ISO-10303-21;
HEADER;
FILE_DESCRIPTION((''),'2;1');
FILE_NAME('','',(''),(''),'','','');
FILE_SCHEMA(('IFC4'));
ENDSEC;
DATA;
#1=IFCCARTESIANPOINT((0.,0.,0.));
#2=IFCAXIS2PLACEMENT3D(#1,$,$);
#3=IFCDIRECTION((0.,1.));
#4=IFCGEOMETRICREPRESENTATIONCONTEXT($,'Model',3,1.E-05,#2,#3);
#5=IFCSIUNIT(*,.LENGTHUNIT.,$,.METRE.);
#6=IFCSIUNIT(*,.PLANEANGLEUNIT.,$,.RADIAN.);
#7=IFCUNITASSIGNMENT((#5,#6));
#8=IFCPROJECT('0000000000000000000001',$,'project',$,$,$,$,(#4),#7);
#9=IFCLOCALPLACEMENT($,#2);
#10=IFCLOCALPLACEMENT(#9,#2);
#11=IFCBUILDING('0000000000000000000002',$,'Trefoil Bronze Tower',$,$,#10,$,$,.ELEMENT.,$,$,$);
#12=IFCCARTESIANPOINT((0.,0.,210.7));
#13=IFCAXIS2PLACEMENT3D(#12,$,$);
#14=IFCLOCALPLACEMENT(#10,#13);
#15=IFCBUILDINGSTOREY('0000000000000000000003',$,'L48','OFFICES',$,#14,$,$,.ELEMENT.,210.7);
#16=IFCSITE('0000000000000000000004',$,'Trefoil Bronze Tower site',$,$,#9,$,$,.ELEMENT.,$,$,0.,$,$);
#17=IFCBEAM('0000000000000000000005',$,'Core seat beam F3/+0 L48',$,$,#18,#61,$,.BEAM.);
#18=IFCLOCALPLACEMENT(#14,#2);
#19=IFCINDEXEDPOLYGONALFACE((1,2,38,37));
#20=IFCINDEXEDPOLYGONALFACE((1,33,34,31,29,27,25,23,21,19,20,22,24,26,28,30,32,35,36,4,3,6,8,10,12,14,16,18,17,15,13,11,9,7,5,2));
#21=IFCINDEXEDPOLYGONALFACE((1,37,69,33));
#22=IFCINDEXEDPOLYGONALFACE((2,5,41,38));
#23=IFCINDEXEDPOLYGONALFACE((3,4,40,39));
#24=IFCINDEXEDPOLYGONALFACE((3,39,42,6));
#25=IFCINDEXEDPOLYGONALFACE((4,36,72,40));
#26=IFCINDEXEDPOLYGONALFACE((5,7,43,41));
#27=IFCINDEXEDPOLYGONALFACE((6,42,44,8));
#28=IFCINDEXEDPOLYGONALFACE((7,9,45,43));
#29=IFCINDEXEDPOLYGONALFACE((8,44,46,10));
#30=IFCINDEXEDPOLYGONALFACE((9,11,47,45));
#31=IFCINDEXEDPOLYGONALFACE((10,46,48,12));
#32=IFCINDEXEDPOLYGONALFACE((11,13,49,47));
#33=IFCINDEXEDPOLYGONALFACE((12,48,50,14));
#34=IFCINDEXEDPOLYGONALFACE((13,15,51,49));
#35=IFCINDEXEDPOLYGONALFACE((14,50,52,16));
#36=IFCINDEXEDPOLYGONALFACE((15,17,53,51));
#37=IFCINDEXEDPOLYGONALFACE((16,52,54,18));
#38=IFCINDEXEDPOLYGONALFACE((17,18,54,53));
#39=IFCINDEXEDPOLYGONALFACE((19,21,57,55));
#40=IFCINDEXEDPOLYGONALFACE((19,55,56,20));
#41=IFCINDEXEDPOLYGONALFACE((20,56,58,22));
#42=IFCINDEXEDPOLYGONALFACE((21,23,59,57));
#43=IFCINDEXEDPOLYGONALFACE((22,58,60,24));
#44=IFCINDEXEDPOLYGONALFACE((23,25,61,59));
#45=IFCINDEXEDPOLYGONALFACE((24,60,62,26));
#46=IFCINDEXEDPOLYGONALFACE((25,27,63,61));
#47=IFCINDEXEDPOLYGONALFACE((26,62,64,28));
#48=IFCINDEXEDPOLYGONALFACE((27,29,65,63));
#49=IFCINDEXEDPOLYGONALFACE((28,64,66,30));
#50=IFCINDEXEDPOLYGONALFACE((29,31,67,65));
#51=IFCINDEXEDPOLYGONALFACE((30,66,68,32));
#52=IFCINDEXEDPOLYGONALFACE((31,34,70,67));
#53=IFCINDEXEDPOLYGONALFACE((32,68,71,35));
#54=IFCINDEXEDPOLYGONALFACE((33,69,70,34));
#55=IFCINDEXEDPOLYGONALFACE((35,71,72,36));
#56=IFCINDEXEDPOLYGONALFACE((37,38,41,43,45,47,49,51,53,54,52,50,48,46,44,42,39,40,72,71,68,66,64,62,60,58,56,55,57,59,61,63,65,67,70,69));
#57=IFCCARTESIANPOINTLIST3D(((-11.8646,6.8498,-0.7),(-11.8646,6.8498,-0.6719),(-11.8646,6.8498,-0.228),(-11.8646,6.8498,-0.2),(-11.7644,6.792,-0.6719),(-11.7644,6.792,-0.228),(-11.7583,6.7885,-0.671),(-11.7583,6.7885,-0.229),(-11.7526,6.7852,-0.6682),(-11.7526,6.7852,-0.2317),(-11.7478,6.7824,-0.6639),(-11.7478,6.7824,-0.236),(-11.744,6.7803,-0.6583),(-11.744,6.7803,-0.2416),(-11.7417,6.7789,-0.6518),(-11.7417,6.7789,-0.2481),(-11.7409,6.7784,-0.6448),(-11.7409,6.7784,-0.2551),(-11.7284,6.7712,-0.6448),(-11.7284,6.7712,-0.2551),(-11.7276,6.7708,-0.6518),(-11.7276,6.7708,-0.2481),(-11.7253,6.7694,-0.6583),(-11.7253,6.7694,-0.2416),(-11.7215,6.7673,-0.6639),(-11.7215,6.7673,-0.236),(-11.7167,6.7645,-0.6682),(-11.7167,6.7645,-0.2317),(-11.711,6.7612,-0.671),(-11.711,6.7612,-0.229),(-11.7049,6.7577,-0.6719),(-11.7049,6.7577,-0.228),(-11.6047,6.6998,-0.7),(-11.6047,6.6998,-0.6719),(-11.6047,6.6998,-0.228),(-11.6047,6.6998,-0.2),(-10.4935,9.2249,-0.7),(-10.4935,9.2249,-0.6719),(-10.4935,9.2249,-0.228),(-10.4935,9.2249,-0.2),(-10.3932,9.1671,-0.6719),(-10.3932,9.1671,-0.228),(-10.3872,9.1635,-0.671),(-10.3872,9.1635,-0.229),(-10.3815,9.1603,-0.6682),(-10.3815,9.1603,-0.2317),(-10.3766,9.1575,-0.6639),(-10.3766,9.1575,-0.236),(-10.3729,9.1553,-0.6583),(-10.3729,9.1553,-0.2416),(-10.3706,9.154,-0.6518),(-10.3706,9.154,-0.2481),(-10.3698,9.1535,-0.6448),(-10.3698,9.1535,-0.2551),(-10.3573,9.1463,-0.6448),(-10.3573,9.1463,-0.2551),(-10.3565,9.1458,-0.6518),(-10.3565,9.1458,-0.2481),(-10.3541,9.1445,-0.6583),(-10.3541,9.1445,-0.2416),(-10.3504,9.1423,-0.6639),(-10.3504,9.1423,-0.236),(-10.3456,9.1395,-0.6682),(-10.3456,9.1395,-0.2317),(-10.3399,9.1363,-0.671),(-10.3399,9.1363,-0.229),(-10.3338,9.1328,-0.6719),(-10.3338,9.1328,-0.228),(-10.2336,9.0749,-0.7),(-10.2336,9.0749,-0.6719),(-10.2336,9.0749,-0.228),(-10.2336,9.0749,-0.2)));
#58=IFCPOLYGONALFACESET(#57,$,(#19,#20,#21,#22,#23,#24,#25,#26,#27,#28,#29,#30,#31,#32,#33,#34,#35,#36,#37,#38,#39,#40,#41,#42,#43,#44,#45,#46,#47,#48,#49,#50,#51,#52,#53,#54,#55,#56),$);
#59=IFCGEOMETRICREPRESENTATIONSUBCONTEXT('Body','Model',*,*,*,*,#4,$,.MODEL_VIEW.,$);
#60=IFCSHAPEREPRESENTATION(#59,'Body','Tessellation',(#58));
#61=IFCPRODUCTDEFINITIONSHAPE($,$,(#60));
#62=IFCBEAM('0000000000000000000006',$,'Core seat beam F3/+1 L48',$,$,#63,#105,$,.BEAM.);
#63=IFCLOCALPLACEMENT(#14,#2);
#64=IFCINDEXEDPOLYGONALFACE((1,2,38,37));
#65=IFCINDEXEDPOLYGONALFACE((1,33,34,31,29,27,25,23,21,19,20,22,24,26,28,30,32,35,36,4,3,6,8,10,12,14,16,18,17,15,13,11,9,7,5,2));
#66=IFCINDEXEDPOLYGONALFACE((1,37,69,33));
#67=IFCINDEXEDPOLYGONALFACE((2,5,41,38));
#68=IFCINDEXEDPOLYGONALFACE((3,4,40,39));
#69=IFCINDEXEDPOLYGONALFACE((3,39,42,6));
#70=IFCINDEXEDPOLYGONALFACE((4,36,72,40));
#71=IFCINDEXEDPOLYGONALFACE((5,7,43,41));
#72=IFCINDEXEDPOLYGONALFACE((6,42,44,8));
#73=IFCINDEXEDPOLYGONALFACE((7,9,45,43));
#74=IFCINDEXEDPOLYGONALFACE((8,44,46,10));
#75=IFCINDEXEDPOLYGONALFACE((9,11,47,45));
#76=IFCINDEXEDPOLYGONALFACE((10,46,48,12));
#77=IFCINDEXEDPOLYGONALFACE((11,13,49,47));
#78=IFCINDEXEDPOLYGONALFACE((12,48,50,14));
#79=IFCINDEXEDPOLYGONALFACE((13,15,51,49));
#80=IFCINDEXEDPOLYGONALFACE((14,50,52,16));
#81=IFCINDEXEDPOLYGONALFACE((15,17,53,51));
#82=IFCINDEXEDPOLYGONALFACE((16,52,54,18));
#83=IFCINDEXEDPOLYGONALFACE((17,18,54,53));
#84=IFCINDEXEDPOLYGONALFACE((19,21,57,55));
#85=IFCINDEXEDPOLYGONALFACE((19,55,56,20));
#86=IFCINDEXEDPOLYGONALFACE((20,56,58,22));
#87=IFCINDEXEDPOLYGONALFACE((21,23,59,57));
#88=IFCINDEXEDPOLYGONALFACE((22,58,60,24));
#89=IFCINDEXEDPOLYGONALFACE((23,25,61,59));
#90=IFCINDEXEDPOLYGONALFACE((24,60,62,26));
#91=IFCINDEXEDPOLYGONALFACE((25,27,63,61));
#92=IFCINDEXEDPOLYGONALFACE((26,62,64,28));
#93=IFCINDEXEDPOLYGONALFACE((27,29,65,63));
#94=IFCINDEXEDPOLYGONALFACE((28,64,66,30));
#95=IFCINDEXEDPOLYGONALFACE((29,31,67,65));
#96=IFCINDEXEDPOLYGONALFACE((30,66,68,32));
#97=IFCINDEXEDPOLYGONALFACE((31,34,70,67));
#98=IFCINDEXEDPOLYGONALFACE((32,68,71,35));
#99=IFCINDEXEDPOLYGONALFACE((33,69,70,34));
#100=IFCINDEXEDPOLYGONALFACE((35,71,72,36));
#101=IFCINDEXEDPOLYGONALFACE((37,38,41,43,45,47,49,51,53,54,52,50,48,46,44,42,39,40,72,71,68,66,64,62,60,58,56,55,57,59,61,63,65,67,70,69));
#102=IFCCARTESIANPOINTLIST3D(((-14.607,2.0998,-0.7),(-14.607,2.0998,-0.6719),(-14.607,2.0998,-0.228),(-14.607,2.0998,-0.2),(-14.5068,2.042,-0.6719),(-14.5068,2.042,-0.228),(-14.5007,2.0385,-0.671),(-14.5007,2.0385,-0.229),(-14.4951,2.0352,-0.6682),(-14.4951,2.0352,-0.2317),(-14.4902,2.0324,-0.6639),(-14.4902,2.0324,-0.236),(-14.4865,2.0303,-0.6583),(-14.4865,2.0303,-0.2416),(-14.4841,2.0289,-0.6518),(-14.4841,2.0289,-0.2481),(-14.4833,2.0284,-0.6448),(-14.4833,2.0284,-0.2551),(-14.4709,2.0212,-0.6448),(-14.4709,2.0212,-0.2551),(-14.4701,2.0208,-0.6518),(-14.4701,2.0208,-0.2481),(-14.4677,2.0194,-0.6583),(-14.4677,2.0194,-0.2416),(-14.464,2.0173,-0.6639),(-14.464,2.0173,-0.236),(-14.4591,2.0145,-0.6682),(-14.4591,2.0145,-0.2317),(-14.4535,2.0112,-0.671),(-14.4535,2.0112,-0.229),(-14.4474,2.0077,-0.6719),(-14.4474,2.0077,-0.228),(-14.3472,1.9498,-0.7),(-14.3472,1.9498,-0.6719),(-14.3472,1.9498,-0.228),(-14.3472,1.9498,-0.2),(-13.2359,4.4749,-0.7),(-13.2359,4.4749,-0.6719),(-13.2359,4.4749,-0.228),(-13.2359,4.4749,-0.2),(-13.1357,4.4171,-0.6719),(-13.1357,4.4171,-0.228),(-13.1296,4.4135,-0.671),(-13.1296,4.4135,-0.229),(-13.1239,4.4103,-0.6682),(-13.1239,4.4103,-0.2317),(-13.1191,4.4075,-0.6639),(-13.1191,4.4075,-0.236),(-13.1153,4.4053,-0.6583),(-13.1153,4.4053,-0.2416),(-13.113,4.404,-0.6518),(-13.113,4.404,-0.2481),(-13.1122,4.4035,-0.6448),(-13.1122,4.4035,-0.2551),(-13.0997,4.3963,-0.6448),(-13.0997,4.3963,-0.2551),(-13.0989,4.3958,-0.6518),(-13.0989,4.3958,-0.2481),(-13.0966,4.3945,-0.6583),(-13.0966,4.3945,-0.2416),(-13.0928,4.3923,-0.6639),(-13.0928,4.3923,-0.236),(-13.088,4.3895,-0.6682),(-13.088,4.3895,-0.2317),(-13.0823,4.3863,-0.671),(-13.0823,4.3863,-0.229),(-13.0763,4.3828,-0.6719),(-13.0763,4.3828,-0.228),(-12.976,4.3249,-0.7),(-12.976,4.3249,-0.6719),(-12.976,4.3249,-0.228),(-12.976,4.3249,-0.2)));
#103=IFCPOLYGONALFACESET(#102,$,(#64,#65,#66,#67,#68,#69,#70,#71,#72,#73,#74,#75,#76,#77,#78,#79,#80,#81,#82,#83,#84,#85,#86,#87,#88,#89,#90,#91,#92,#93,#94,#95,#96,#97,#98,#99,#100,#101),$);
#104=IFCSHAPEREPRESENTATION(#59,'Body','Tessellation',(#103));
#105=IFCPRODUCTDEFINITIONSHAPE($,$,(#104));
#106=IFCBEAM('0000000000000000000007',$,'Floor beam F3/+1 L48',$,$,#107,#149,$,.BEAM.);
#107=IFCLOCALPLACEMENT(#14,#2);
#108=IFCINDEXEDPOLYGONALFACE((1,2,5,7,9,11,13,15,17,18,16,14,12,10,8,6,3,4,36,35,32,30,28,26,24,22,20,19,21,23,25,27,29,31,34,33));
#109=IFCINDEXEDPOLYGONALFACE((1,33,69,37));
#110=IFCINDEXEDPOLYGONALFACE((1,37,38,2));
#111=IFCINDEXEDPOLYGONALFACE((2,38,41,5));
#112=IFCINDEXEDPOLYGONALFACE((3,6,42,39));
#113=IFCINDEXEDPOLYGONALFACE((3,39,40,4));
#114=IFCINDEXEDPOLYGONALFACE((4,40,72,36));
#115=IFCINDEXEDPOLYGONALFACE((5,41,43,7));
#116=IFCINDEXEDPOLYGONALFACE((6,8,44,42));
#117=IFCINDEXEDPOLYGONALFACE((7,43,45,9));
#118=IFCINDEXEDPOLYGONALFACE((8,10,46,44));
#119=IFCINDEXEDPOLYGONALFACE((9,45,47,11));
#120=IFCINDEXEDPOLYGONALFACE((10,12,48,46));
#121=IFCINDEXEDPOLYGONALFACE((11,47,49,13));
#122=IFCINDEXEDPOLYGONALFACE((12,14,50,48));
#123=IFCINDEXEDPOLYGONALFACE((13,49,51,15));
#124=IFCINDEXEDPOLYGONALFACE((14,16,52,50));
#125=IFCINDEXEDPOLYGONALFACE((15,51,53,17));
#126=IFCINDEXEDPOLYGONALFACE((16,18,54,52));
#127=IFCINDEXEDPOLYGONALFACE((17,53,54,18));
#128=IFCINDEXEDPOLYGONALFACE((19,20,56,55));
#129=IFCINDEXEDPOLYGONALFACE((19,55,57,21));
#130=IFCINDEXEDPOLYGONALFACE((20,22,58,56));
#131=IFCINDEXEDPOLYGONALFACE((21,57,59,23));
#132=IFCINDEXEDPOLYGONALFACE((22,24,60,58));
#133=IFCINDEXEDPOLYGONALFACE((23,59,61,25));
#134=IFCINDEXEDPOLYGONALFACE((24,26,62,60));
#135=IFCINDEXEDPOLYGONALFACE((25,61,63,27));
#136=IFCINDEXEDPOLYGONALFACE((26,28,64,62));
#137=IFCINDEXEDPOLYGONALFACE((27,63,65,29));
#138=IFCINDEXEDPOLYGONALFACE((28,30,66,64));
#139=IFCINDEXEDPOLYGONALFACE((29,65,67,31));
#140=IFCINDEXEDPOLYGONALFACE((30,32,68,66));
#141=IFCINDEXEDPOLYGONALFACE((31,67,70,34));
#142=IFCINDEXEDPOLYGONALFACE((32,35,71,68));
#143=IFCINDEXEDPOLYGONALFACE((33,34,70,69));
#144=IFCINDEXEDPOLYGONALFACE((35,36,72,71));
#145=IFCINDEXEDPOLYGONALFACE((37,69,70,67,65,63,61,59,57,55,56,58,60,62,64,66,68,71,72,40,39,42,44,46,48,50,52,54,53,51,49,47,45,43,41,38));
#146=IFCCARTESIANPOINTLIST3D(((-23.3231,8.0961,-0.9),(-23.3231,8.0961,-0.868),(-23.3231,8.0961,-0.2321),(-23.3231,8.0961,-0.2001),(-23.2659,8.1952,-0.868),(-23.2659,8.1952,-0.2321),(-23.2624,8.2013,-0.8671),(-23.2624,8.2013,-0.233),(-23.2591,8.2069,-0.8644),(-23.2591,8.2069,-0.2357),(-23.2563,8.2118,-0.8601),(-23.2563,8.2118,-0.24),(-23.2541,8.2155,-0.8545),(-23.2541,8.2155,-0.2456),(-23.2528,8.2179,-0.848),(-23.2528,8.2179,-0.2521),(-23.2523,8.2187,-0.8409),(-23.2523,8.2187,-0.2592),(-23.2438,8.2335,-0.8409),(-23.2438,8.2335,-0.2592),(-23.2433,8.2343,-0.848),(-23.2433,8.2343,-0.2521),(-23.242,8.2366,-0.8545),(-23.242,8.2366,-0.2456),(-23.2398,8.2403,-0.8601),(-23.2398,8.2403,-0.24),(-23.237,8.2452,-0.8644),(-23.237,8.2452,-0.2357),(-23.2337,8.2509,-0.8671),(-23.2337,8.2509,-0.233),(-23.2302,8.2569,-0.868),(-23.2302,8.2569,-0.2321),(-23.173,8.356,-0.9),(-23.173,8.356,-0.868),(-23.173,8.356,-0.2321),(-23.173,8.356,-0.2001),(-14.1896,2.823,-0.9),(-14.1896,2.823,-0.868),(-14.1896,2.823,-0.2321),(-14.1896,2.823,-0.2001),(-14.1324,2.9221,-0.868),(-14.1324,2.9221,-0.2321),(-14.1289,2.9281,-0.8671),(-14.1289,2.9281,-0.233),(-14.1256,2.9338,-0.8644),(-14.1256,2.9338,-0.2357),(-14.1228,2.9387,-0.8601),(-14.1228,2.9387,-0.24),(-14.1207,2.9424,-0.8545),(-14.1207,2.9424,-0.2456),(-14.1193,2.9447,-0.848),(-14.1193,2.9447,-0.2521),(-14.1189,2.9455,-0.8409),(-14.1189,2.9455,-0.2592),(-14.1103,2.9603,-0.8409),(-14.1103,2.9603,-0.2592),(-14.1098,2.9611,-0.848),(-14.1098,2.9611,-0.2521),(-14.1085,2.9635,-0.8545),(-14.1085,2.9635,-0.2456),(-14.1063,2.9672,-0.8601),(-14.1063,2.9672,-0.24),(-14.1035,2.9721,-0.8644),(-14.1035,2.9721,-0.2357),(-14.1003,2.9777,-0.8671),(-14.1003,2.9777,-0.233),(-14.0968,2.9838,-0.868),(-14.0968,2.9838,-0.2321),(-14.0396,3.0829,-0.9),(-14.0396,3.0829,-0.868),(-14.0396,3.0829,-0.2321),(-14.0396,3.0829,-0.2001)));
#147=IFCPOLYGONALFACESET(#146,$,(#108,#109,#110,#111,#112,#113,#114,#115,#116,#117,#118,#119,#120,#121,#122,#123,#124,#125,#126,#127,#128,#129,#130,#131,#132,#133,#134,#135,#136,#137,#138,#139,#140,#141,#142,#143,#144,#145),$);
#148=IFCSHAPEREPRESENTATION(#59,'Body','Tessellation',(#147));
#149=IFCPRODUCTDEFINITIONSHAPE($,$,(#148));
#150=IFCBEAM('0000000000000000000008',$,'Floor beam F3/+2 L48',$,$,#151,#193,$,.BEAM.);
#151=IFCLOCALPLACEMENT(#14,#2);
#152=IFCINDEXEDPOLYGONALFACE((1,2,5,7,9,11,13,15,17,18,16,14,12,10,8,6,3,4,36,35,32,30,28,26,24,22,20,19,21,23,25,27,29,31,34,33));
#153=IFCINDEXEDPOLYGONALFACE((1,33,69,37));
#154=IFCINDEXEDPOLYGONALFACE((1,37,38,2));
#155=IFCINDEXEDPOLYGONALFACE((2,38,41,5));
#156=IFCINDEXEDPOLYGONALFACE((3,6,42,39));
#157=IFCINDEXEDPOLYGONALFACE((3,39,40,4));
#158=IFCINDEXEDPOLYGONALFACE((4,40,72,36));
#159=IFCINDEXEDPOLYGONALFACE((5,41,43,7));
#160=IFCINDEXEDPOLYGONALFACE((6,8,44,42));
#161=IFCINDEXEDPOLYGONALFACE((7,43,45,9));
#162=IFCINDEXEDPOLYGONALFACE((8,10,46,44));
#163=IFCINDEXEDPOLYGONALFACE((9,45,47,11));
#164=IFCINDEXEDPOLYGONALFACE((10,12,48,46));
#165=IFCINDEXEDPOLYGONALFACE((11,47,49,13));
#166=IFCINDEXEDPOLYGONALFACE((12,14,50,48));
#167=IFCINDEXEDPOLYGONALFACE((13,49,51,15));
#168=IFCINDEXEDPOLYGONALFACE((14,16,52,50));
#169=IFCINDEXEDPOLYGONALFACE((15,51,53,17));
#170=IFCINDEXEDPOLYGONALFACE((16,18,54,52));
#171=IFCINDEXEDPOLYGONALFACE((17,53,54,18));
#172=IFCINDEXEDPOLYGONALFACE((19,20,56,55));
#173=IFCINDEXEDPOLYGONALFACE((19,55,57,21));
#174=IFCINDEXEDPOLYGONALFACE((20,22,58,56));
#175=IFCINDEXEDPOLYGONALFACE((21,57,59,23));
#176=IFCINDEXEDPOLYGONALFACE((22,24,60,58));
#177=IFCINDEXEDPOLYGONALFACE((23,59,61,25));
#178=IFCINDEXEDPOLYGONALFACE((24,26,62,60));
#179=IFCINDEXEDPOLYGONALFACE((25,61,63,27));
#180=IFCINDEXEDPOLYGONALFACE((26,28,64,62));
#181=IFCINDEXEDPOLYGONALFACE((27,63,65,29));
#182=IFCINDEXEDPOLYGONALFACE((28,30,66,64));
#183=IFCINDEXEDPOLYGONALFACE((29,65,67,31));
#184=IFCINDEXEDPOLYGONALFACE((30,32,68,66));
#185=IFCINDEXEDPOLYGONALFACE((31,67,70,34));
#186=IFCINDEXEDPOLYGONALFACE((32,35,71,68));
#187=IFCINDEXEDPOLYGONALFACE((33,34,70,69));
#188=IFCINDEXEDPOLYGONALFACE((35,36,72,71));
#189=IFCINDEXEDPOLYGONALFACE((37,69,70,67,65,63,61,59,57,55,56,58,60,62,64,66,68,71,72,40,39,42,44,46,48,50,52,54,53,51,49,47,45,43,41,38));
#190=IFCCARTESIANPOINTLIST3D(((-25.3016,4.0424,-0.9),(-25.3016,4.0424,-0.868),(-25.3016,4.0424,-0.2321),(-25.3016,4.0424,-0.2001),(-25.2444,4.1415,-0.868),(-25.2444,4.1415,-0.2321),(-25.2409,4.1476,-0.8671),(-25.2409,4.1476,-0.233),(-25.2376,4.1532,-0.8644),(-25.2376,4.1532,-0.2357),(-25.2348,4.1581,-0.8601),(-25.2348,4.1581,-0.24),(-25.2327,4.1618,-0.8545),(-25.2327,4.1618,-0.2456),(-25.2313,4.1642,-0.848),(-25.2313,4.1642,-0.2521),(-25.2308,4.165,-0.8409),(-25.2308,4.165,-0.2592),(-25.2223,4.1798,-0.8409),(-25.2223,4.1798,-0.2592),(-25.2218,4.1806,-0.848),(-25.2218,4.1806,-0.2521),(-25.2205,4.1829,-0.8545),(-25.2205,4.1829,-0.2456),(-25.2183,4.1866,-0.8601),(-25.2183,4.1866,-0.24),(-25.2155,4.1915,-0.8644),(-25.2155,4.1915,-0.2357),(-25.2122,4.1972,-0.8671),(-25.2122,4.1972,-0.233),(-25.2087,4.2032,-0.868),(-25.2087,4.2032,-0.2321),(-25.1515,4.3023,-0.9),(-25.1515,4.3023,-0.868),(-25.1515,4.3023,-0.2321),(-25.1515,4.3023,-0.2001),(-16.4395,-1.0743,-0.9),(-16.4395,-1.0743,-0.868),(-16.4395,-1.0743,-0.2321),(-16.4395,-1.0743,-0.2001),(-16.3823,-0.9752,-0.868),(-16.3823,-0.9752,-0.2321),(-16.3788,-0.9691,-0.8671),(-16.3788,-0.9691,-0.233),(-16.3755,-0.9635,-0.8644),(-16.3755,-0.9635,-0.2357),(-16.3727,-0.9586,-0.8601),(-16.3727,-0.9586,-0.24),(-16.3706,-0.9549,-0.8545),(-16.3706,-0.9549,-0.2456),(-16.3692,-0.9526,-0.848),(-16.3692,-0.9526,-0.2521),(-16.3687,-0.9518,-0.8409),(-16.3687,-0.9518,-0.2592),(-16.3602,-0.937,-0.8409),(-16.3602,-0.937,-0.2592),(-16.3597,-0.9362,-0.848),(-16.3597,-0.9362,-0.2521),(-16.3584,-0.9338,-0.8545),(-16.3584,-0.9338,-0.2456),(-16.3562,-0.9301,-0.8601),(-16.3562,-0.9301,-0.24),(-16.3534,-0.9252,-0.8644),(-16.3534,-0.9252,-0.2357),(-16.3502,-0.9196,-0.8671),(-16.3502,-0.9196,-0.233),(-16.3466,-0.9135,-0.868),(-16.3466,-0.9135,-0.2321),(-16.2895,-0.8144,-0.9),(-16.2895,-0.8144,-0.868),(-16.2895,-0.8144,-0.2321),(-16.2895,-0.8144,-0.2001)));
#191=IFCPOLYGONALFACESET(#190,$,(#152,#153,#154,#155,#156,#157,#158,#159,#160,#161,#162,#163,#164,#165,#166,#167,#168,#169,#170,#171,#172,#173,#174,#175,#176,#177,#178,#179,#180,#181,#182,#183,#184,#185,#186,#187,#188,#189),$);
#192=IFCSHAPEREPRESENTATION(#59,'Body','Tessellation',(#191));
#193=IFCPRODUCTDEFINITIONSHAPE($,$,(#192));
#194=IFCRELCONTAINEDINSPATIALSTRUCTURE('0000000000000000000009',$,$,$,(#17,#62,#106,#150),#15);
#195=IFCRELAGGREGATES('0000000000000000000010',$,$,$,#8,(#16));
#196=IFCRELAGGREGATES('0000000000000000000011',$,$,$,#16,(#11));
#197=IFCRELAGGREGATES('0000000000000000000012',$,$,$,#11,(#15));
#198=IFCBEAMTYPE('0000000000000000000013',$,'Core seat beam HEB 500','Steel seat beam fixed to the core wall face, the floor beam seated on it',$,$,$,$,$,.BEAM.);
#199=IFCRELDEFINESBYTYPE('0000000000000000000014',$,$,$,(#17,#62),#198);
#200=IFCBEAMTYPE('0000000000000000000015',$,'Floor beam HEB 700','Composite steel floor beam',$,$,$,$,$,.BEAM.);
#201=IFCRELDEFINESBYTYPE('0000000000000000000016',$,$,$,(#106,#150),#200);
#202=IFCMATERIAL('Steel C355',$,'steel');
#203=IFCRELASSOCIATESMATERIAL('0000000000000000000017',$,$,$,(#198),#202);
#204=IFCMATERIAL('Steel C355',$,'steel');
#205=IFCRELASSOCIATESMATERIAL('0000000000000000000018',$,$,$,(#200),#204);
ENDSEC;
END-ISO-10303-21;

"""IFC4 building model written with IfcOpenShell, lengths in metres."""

from ifc_helpers import new_model, si_unit, direction, frame, origin, origin_2d, place, context, subcontext, project, spatial, i_section, extrude, material, material_profile, profile_set, type_object, element, save


model = new_model("IFC4")

# Units and contexts
model_context = context("Model", 3, precision=1e-05, world=origin(), true_north=direction((0.0, 1.0)))
body_context = subcontext(model_context, "Body", "Model", "MODEL_VIEW")
ifc_project = project(units=[si_unit("LENGTHUNIT", "METRE"), si_unit("PLANEANGLEUNIT", "RADIAN")], contexts=[model_context])

# Site, building, storey
site_placement = place(None, origin())
site = spatial("IfcSite", under=ifc_project, at=site_placement, Name="Trefoil Bronze Tower site", CompositionType="ELEMENT", RefElevation=0.0)
building_placement = place(site_placement, origin())
building = spatial("IfcBuilding", under=site, at=building_placement, Name="Trefoil Bronze Tower", CompositionType="ELEMENT")
storey_placement = place(building_placement, frame((0.0, 0.0, 210.7)))
storey = spatial("IfcBuildingStorey", under=building, at=storey_placement, Name="L48", Description="OFFICES", CompositionType="ELEMENT", Elevation=210.7)

# Beams
ifc_material_1 = material(Name="Steel C355", Category="steel")
ifc_material_profile_1 = material_profile(ifc_material_1, i_section(OverallWidth=0.3, OverallDepth=0.5, WebThickness=0.0144, FlangeThickness=0.0281, FilletRadius=0.0271, at=origin_2d()), Name="HEB 500")
ifc_profile_set_1 = profile_set([ifc_material_profile_1], Name="Steel C355")
beam_type_1 = type_object("IfcBeamType", Name="Core seat beam HEB 500", Description="Steel seat beam fixed to the core wall face, the floor beam seated on it", PredefinedType="BEAM", material=ifc_profile_set_1)
for number, where, z_axis, x_axis, name in (
    (1, (-10.3635, 9.1499, -0.45), (-0.499969, -0.866043, 0.0), (0.866043, -0.499969, 0.0), "Core seat beam F3/+0 L48"),
    (2, (-13.106, 4.3999, -0.45), (-0.499969, -0.866043, 0.0), (0.866043, -0.499969, 0.0), "Core seat beam F3/+1 L48"),
):
    element("IfcBeam", number, at=place(storey_placement, frame(where, z_axis=z_axis, x_axis=x_axis)), inside=storey, type_object=beam_type_1, Name=name, PredefinedType="BEAM", context=body_context, shape_type="SweptSolid", body=[
        extrude(i_section(OverallWidth=0.3, OverallDepth=0.5, WebThickness=0.0144, FlangeThickness=0.0281, FilletRadius=0.0271, at=origin_2d()), origin(), (0.0, 0.0, 1.0), 2.7424),
    ])
ifc_material_2 = material(Name="Steel C355", Category="steel")
ifc_material_profile_2 = material_profile(ifc_material_2, i_section(OverallWidth=0.3, OverallDepth=0.7, WebThickness=0.0171, FlangeThickness=0.032, FilletRadius=0.0271, at=origin_2d()), Name="HEB 700")
ifc_profile_set_2 = profile_set([ifc_material_profile_2], Name="Steel C355")
beam_type_2 = type_object("IfcBeamType", Name="Floor beam HEB 700", Description="Composite steel floor beam", PredefinedType="BEAM", material=ifc_profile_set_2)
beam_1_placement = place(storey_placement, frame((-23.248, 8.2261, -0.55), z_axis=(0.866028, -0.499996, 0.0), x_axis=(0.499996, 0.866028, 0.0)))
element("IfcBeam", 3, at=beam_1_placement, inside=storey, type_object=beam_type_2, Name="Floor beam F3/+1 L48", PredefinedType="BEAM", context=body_context, shape_type="SweptSolid", body=[
    extrude(i_section(OverallWidth=0.3, OverallDepth=0.7, WebThickness=0.0171, FlangeThickness=0.032, FilletRadius=0.0271, at=origin_2d()), origin(), (0.0, 0.0, 1.0), 10.5464),
])
beam_2_placement = place(storey_placement, frame((-25.2266, 4.1724, -0.55), z_axis=(0.866018, -0.500014, 0.0), x_axis=(0.500014, 0.866018, 0.0)))
element("IfcBeam", 4, at=beam_2_placement, inside=storey, type_object=beam_type_2, Name="Floor beam F3/+2 L48", PredefinedType="BEAM", context=body_context, shape_type="SweptSolid", body=[
    extrude(i_section(OverallWidth=0.3, OverallDepth=0.7, WebThickness=0.0171, FlangeThickness=0.032, FilletRadius=0.0271, at=origin_2d()), origin(), (0.0, 0.0, 1.0), 10.2332),
])

save(model, "model.ifc")
